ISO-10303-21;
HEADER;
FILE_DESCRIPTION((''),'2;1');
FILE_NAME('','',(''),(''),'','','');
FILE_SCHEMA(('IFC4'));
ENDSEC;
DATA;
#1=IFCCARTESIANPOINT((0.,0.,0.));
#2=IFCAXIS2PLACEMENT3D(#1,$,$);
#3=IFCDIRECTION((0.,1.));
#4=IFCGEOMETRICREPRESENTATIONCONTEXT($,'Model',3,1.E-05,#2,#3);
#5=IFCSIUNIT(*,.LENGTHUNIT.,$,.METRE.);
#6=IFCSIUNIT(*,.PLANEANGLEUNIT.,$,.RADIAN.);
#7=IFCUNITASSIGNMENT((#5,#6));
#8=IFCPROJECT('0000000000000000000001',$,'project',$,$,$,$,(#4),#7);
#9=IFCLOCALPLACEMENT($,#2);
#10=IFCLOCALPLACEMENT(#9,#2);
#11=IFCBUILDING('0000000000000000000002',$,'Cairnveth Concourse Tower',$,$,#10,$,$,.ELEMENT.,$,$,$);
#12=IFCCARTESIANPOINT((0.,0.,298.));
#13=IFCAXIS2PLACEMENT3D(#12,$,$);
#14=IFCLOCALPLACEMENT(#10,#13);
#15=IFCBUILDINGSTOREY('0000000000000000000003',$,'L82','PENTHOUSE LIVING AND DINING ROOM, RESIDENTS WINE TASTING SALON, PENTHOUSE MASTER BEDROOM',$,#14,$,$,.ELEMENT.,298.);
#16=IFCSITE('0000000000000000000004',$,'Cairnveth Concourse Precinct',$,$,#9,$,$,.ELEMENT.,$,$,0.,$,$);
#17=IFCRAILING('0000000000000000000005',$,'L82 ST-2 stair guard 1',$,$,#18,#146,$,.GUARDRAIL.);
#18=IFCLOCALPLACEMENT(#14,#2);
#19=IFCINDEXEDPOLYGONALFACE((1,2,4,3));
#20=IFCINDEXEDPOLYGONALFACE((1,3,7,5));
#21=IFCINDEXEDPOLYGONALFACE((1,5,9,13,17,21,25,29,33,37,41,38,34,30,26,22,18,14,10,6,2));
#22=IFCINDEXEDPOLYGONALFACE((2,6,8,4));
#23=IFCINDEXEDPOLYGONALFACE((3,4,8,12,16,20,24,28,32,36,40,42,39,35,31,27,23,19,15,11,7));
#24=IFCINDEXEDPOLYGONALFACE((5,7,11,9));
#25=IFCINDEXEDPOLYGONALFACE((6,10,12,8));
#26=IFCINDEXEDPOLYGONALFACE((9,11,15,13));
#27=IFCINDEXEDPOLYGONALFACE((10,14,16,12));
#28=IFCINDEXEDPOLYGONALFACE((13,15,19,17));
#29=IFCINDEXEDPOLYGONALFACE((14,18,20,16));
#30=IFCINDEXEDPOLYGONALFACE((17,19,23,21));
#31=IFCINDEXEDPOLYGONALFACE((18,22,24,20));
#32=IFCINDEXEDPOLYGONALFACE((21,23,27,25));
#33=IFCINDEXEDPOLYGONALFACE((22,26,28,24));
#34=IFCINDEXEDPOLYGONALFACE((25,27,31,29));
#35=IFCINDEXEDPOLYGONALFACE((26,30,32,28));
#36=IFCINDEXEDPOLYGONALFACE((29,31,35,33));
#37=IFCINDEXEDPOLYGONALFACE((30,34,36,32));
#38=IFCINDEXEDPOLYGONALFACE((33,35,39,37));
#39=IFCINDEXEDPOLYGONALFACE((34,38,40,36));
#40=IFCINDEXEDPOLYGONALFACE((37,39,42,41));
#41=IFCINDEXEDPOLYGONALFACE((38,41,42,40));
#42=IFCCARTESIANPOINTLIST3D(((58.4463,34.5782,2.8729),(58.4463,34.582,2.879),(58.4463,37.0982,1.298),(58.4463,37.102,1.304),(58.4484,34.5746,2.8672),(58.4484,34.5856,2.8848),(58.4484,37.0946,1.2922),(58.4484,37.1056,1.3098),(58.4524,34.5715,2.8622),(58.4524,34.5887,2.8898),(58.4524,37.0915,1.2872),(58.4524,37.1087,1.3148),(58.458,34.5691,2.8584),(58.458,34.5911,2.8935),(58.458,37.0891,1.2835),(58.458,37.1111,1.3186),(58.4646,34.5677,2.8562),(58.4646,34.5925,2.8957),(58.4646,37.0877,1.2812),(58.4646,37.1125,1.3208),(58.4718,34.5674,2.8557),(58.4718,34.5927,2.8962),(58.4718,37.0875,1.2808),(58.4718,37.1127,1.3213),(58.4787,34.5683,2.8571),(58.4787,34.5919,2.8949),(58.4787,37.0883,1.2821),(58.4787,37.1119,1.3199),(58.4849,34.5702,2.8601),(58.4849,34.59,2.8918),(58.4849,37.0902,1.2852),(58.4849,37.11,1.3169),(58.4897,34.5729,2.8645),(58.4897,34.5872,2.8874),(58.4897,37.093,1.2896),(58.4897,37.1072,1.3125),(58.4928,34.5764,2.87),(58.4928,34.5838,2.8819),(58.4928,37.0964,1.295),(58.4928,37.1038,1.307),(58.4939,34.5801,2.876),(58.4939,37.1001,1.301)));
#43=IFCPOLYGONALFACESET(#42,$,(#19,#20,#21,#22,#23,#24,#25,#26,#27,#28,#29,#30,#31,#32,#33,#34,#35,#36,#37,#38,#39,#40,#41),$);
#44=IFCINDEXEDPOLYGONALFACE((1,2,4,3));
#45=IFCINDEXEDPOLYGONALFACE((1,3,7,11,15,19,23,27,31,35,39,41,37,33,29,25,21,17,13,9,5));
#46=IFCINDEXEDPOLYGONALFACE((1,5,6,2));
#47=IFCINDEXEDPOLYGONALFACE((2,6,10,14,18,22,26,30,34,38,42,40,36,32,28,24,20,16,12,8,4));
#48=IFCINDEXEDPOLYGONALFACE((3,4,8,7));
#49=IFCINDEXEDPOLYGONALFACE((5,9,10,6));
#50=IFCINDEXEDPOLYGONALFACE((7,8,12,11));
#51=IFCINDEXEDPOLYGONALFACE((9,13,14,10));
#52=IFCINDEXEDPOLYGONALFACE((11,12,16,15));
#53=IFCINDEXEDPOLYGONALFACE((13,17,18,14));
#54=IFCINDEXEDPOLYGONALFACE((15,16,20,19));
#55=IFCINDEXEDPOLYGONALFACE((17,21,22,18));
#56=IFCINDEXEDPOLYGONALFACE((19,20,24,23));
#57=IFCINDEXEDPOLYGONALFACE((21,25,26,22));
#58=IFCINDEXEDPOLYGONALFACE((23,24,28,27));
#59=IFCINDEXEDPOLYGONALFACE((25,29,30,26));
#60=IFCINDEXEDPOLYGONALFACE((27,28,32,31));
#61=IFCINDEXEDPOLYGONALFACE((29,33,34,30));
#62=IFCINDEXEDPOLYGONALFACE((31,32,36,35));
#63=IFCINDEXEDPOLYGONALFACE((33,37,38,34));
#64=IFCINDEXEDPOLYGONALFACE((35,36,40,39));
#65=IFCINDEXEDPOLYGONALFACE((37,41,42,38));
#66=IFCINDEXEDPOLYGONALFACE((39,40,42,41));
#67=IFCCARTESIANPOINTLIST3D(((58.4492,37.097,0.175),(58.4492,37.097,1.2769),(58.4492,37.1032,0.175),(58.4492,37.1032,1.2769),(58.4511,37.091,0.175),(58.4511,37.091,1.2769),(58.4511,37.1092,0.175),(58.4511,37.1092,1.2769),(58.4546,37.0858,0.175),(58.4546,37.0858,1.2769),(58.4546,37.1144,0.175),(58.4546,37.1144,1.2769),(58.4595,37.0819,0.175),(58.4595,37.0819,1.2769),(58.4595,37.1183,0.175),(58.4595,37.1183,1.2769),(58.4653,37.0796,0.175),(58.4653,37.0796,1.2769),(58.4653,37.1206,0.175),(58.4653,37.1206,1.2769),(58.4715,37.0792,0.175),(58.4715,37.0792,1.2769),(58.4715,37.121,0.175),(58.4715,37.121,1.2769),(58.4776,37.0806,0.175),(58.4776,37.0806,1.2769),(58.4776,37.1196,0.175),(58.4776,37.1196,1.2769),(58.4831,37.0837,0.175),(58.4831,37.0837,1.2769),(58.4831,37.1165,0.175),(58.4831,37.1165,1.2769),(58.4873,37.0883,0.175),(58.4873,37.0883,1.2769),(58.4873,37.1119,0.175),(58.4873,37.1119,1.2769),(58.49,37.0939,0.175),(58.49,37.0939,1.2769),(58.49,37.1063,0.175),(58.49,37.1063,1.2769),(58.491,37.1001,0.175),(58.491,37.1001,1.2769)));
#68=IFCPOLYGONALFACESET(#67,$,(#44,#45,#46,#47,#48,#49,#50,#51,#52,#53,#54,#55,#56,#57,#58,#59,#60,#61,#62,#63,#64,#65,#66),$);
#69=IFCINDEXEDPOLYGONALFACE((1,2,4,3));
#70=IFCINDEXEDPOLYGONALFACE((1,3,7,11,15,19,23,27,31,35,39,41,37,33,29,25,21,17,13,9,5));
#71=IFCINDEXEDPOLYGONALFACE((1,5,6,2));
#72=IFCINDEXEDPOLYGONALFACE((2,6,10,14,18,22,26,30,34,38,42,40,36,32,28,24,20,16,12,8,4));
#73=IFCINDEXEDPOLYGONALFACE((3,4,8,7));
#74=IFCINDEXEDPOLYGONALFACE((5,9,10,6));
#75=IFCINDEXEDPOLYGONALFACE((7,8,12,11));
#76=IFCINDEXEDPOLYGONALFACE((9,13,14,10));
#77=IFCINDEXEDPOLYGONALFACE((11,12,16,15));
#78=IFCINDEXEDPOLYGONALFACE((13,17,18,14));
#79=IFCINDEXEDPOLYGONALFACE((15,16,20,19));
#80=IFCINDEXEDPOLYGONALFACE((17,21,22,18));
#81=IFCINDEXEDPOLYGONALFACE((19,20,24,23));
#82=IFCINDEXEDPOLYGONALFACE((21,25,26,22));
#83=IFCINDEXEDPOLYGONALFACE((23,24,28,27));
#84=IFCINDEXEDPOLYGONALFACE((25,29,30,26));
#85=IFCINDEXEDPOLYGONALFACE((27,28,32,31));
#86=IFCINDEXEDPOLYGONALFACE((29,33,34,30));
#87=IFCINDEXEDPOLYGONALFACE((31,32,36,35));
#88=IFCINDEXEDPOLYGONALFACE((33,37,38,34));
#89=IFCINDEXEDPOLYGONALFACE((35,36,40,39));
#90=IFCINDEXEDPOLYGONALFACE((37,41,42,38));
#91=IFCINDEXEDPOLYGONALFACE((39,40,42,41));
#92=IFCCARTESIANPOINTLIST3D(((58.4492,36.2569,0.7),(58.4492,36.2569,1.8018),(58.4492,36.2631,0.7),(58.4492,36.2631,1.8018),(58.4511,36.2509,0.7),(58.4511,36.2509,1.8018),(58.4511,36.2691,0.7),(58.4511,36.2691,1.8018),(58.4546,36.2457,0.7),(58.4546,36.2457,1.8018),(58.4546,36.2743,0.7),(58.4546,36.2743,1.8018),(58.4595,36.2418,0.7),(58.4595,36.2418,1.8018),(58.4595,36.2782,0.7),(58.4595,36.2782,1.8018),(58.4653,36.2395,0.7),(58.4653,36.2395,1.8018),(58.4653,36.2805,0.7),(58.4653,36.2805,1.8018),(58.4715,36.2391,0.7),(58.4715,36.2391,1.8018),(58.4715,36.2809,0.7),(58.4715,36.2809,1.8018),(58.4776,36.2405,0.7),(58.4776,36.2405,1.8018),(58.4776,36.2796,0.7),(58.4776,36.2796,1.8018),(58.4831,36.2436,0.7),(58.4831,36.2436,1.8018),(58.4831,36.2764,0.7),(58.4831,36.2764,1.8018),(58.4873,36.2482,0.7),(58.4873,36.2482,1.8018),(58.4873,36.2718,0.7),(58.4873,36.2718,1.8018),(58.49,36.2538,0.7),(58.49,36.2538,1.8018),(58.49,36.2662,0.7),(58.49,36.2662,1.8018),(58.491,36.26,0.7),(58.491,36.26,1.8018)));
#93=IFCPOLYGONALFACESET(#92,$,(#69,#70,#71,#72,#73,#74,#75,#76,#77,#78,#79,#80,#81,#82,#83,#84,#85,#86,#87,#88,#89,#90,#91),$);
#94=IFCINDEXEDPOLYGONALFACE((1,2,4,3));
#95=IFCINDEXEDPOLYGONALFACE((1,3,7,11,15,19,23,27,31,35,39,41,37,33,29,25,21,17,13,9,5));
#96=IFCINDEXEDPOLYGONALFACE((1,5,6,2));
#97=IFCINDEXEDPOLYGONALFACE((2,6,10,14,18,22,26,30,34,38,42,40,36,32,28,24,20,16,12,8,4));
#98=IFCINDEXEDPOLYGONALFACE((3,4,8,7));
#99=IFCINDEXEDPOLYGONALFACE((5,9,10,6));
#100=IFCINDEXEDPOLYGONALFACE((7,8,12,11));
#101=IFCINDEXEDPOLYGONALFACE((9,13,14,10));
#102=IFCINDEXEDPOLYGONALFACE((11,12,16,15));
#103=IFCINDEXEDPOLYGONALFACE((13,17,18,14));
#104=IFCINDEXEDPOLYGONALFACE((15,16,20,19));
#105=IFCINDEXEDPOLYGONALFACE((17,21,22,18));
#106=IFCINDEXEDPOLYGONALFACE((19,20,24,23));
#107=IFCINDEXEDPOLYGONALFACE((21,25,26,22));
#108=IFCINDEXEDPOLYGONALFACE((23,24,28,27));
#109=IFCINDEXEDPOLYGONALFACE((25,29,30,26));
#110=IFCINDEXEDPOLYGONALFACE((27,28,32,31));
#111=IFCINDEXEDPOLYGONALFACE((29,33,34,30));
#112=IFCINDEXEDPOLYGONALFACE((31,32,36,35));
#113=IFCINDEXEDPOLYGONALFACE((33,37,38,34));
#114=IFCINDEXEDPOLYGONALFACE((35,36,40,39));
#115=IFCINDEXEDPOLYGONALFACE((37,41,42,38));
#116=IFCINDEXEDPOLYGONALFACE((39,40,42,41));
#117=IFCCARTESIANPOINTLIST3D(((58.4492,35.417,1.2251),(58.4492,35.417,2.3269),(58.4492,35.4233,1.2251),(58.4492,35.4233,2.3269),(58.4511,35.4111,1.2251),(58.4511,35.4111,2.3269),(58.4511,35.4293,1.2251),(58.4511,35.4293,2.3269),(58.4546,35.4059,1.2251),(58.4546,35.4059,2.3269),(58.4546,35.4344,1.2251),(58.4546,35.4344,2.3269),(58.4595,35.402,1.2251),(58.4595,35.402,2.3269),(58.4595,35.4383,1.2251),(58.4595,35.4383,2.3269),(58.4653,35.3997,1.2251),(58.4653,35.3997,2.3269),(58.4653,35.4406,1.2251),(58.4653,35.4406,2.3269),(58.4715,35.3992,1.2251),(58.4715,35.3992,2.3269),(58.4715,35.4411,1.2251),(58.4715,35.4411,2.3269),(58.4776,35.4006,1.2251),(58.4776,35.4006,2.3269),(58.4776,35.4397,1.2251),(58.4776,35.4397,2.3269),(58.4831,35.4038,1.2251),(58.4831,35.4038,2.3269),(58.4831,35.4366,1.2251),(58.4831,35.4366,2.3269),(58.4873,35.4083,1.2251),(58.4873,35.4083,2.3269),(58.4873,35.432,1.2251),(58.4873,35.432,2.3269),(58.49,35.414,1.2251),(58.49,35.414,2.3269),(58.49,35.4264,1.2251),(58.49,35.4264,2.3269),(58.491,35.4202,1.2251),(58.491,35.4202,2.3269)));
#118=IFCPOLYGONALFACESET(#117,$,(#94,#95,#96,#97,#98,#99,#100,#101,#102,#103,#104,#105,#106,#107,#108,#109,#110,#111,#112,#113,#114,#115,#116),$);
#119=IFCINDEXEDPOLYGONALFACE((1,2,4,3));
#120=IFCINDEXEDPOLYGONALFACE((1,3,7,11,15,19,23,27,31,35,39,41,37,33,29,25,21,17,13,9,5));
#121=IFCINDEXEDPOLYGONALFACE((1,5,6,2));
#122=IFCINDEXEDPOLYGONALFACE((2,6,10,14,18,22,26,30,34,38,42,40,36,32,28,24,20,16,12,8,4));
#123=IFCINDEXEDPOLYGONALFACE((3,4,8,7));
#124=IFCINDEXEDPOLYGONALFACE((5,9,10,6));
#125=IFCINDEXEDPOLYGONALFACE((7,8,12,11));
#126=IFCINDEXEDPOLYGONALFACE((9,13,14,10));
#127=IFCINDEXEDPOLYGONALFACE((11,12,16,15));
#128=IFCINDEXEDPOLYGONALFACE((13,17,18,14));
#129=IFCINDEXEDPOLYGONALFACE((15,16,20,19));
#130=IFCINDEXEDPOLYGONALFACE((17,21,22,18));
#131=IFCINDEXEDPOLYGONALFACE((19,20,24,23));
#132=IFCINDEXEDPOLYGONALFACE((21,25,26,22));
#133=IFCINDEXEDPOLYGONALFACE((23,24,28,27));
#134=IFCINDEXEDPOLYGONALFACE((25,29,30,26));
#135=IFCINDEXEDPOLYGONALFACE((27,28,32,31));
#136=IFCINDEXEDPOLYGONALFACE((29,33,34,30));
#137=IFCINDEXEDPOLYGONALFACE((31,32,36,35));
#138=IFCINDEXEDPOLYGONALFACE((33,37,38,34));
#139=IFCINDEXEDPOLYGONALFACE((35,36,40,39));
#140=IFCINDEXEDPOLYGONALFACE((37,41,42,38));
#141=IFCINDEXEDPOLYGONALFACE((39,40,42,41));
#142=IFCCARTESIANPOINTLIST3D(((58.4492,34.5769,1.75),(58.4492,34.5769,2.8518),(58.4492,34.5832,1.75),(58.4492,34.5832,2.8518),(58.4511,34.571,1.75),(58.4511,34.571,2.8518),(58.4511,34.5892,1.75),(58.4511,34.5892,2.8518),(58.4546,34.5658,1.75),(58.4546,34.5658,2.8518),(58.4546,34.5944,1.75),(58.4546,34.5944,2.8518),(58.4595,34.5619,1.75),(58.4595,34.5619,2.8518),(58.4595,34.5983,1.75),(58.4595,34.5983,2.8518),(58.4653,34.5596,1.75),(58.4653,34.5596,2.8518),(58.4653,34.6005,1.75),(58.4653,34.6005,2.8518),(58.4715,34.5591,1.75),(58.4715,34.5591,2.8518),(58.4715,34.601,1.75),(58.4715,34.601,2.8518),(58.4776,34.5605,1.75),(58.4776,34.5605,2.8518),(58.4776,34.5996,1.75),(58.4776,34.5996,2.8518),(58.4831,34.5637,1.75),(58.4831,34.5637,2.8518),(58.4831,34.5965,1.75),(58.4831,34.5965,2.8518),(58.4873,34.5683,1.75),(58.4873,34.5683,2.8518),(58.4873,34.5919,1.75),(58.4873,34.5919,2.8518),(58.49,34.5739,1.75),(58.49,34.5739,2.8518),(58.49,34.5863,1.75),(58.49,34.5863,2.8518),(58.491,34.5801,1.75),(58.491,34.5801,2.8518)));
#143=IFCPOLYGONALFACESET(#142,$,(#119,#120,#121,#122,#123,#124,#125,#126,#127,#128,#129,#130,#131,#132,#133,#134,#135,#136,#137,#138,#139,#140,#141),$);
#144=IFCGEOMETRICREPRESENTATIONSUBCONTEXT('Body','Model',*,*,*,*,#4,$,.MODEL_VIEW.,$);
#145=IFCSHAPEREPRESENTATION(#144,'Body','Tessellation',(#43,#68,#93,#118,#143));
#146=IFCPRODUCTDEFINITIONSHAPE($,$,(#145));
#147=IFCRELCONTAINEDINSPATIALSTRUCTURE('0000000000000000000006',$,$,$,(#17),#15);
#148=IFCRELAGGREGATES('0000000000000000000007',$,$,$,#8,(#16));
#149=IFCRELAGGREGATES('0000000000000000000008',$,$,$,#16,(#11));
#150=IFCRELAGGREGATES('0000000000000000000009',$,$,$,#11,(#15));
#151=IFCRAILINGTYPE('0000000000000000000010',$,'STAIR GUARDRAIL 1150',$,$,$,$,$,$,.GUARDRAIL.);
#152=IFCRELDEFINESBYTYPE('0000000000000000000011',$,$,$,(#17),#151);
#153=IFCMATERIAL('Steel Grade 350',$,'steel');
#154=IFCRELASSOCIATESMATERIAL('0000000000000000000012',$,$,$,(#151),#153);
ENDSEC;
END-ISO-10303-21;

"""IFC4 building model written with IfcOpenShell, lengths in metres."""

from ifc_helpers import new_model, si_unit, direction, frame, origin, origin_2d, place, context, subcontext, project, spatial, circle, extrude, material, type_object, element, save


model = new_model("IFC4")

# Units and contexts
model_context = context("Model", 3, precision=1e-05, world=origin(), true_north=direction((0.0, 1.0)))
body_context = subcontext(model_context, "Body", "Model", "MODEL_VIEW")
ifc_project = project(units=[si_unit("LENGTHUNIT", "METRE"), si_unit("PLANEANGLEUNIT", "RADIAN")], contexts=[model_context])

# Site, building, storey
site_placement = place(None, origin())
site = spatial("IfcSite", under=ifc_project, at=site_placement, Name="Cairnveth Concourse Precinct", CompositionType="ELEMENT", RefElevation=0.0)
building_placement = place(site_placement, origin())
building = spatial("IfcBuilding", under=site, at=building_placement, Name="Cairnveth Concourse Tower", CompositionType="ELEMENT")
storey_placement = place(building_placement, frame((0.0, 0.0, 298.0)))
storey = spatial("IfcBuildingStorey", under=building, at=storey_placement, Name="L82", Description="PENTHOUSE LIVING AND DINING ROOM, RESIDENTS WINE TASTING SALON, PENTHOUSE MASTER BEDROOM", CompositionType="ELEMENT", Elevation=298.0)

# Shared definitions
ifc_material_1 = material(Name="Steel Grade 350", Category="steel")

# Railing
railing_type_1 = type_object("IfcRailingType", Name="STAIR GUARDRAIL 1150", PredefinedType="GUARDRAIL", material=ifc_material_1)
railing_1_placement = place(storey_placement, frame((58.47, 37.1001, 0.175)))
element("IfcRailing", 1, at=railing_1_placement, inside=storey, type_object=railing_type_1, Name="L82 ST-2 stair guard 1", PredefinedType="GUARDRAIL", context=body_context, shape_type="SweptSolid", body=[
    extrude(circle(Radius=0.0239, at=origin_2d()), frame((0.0, 0.0, 1.126), z_axis=(0.0, -0.848008, 0.529984), x_axis=(1.0, 0.0, 0.0)), (0.0, 0.0, 1.0), 2.9717),
    extrude(circle(Radius=0.021, at=origin_2d()), origin(), (0.0, 0.0, 1.0), 1.1018),
    extrude(circle(Radius=0.021, at=origin_2d()), frame((0.0, -0.8401, 0.5249)), (0.0, 0.0, 1.0), 1.1018),
    extrude(circle(Radius=0.021, at=origin_2d()), frame((0.0, -1.6799, 1.05)), (0.0, 0.0, 1.0), 1.1018),
    extrude(circle(Radius=0.021, at=origin_2d()), frame((0.0, -2.52, 1.575)), (0.0, 0.0, 1.0), 1.1018),
])

save(model, "model.ifc")
